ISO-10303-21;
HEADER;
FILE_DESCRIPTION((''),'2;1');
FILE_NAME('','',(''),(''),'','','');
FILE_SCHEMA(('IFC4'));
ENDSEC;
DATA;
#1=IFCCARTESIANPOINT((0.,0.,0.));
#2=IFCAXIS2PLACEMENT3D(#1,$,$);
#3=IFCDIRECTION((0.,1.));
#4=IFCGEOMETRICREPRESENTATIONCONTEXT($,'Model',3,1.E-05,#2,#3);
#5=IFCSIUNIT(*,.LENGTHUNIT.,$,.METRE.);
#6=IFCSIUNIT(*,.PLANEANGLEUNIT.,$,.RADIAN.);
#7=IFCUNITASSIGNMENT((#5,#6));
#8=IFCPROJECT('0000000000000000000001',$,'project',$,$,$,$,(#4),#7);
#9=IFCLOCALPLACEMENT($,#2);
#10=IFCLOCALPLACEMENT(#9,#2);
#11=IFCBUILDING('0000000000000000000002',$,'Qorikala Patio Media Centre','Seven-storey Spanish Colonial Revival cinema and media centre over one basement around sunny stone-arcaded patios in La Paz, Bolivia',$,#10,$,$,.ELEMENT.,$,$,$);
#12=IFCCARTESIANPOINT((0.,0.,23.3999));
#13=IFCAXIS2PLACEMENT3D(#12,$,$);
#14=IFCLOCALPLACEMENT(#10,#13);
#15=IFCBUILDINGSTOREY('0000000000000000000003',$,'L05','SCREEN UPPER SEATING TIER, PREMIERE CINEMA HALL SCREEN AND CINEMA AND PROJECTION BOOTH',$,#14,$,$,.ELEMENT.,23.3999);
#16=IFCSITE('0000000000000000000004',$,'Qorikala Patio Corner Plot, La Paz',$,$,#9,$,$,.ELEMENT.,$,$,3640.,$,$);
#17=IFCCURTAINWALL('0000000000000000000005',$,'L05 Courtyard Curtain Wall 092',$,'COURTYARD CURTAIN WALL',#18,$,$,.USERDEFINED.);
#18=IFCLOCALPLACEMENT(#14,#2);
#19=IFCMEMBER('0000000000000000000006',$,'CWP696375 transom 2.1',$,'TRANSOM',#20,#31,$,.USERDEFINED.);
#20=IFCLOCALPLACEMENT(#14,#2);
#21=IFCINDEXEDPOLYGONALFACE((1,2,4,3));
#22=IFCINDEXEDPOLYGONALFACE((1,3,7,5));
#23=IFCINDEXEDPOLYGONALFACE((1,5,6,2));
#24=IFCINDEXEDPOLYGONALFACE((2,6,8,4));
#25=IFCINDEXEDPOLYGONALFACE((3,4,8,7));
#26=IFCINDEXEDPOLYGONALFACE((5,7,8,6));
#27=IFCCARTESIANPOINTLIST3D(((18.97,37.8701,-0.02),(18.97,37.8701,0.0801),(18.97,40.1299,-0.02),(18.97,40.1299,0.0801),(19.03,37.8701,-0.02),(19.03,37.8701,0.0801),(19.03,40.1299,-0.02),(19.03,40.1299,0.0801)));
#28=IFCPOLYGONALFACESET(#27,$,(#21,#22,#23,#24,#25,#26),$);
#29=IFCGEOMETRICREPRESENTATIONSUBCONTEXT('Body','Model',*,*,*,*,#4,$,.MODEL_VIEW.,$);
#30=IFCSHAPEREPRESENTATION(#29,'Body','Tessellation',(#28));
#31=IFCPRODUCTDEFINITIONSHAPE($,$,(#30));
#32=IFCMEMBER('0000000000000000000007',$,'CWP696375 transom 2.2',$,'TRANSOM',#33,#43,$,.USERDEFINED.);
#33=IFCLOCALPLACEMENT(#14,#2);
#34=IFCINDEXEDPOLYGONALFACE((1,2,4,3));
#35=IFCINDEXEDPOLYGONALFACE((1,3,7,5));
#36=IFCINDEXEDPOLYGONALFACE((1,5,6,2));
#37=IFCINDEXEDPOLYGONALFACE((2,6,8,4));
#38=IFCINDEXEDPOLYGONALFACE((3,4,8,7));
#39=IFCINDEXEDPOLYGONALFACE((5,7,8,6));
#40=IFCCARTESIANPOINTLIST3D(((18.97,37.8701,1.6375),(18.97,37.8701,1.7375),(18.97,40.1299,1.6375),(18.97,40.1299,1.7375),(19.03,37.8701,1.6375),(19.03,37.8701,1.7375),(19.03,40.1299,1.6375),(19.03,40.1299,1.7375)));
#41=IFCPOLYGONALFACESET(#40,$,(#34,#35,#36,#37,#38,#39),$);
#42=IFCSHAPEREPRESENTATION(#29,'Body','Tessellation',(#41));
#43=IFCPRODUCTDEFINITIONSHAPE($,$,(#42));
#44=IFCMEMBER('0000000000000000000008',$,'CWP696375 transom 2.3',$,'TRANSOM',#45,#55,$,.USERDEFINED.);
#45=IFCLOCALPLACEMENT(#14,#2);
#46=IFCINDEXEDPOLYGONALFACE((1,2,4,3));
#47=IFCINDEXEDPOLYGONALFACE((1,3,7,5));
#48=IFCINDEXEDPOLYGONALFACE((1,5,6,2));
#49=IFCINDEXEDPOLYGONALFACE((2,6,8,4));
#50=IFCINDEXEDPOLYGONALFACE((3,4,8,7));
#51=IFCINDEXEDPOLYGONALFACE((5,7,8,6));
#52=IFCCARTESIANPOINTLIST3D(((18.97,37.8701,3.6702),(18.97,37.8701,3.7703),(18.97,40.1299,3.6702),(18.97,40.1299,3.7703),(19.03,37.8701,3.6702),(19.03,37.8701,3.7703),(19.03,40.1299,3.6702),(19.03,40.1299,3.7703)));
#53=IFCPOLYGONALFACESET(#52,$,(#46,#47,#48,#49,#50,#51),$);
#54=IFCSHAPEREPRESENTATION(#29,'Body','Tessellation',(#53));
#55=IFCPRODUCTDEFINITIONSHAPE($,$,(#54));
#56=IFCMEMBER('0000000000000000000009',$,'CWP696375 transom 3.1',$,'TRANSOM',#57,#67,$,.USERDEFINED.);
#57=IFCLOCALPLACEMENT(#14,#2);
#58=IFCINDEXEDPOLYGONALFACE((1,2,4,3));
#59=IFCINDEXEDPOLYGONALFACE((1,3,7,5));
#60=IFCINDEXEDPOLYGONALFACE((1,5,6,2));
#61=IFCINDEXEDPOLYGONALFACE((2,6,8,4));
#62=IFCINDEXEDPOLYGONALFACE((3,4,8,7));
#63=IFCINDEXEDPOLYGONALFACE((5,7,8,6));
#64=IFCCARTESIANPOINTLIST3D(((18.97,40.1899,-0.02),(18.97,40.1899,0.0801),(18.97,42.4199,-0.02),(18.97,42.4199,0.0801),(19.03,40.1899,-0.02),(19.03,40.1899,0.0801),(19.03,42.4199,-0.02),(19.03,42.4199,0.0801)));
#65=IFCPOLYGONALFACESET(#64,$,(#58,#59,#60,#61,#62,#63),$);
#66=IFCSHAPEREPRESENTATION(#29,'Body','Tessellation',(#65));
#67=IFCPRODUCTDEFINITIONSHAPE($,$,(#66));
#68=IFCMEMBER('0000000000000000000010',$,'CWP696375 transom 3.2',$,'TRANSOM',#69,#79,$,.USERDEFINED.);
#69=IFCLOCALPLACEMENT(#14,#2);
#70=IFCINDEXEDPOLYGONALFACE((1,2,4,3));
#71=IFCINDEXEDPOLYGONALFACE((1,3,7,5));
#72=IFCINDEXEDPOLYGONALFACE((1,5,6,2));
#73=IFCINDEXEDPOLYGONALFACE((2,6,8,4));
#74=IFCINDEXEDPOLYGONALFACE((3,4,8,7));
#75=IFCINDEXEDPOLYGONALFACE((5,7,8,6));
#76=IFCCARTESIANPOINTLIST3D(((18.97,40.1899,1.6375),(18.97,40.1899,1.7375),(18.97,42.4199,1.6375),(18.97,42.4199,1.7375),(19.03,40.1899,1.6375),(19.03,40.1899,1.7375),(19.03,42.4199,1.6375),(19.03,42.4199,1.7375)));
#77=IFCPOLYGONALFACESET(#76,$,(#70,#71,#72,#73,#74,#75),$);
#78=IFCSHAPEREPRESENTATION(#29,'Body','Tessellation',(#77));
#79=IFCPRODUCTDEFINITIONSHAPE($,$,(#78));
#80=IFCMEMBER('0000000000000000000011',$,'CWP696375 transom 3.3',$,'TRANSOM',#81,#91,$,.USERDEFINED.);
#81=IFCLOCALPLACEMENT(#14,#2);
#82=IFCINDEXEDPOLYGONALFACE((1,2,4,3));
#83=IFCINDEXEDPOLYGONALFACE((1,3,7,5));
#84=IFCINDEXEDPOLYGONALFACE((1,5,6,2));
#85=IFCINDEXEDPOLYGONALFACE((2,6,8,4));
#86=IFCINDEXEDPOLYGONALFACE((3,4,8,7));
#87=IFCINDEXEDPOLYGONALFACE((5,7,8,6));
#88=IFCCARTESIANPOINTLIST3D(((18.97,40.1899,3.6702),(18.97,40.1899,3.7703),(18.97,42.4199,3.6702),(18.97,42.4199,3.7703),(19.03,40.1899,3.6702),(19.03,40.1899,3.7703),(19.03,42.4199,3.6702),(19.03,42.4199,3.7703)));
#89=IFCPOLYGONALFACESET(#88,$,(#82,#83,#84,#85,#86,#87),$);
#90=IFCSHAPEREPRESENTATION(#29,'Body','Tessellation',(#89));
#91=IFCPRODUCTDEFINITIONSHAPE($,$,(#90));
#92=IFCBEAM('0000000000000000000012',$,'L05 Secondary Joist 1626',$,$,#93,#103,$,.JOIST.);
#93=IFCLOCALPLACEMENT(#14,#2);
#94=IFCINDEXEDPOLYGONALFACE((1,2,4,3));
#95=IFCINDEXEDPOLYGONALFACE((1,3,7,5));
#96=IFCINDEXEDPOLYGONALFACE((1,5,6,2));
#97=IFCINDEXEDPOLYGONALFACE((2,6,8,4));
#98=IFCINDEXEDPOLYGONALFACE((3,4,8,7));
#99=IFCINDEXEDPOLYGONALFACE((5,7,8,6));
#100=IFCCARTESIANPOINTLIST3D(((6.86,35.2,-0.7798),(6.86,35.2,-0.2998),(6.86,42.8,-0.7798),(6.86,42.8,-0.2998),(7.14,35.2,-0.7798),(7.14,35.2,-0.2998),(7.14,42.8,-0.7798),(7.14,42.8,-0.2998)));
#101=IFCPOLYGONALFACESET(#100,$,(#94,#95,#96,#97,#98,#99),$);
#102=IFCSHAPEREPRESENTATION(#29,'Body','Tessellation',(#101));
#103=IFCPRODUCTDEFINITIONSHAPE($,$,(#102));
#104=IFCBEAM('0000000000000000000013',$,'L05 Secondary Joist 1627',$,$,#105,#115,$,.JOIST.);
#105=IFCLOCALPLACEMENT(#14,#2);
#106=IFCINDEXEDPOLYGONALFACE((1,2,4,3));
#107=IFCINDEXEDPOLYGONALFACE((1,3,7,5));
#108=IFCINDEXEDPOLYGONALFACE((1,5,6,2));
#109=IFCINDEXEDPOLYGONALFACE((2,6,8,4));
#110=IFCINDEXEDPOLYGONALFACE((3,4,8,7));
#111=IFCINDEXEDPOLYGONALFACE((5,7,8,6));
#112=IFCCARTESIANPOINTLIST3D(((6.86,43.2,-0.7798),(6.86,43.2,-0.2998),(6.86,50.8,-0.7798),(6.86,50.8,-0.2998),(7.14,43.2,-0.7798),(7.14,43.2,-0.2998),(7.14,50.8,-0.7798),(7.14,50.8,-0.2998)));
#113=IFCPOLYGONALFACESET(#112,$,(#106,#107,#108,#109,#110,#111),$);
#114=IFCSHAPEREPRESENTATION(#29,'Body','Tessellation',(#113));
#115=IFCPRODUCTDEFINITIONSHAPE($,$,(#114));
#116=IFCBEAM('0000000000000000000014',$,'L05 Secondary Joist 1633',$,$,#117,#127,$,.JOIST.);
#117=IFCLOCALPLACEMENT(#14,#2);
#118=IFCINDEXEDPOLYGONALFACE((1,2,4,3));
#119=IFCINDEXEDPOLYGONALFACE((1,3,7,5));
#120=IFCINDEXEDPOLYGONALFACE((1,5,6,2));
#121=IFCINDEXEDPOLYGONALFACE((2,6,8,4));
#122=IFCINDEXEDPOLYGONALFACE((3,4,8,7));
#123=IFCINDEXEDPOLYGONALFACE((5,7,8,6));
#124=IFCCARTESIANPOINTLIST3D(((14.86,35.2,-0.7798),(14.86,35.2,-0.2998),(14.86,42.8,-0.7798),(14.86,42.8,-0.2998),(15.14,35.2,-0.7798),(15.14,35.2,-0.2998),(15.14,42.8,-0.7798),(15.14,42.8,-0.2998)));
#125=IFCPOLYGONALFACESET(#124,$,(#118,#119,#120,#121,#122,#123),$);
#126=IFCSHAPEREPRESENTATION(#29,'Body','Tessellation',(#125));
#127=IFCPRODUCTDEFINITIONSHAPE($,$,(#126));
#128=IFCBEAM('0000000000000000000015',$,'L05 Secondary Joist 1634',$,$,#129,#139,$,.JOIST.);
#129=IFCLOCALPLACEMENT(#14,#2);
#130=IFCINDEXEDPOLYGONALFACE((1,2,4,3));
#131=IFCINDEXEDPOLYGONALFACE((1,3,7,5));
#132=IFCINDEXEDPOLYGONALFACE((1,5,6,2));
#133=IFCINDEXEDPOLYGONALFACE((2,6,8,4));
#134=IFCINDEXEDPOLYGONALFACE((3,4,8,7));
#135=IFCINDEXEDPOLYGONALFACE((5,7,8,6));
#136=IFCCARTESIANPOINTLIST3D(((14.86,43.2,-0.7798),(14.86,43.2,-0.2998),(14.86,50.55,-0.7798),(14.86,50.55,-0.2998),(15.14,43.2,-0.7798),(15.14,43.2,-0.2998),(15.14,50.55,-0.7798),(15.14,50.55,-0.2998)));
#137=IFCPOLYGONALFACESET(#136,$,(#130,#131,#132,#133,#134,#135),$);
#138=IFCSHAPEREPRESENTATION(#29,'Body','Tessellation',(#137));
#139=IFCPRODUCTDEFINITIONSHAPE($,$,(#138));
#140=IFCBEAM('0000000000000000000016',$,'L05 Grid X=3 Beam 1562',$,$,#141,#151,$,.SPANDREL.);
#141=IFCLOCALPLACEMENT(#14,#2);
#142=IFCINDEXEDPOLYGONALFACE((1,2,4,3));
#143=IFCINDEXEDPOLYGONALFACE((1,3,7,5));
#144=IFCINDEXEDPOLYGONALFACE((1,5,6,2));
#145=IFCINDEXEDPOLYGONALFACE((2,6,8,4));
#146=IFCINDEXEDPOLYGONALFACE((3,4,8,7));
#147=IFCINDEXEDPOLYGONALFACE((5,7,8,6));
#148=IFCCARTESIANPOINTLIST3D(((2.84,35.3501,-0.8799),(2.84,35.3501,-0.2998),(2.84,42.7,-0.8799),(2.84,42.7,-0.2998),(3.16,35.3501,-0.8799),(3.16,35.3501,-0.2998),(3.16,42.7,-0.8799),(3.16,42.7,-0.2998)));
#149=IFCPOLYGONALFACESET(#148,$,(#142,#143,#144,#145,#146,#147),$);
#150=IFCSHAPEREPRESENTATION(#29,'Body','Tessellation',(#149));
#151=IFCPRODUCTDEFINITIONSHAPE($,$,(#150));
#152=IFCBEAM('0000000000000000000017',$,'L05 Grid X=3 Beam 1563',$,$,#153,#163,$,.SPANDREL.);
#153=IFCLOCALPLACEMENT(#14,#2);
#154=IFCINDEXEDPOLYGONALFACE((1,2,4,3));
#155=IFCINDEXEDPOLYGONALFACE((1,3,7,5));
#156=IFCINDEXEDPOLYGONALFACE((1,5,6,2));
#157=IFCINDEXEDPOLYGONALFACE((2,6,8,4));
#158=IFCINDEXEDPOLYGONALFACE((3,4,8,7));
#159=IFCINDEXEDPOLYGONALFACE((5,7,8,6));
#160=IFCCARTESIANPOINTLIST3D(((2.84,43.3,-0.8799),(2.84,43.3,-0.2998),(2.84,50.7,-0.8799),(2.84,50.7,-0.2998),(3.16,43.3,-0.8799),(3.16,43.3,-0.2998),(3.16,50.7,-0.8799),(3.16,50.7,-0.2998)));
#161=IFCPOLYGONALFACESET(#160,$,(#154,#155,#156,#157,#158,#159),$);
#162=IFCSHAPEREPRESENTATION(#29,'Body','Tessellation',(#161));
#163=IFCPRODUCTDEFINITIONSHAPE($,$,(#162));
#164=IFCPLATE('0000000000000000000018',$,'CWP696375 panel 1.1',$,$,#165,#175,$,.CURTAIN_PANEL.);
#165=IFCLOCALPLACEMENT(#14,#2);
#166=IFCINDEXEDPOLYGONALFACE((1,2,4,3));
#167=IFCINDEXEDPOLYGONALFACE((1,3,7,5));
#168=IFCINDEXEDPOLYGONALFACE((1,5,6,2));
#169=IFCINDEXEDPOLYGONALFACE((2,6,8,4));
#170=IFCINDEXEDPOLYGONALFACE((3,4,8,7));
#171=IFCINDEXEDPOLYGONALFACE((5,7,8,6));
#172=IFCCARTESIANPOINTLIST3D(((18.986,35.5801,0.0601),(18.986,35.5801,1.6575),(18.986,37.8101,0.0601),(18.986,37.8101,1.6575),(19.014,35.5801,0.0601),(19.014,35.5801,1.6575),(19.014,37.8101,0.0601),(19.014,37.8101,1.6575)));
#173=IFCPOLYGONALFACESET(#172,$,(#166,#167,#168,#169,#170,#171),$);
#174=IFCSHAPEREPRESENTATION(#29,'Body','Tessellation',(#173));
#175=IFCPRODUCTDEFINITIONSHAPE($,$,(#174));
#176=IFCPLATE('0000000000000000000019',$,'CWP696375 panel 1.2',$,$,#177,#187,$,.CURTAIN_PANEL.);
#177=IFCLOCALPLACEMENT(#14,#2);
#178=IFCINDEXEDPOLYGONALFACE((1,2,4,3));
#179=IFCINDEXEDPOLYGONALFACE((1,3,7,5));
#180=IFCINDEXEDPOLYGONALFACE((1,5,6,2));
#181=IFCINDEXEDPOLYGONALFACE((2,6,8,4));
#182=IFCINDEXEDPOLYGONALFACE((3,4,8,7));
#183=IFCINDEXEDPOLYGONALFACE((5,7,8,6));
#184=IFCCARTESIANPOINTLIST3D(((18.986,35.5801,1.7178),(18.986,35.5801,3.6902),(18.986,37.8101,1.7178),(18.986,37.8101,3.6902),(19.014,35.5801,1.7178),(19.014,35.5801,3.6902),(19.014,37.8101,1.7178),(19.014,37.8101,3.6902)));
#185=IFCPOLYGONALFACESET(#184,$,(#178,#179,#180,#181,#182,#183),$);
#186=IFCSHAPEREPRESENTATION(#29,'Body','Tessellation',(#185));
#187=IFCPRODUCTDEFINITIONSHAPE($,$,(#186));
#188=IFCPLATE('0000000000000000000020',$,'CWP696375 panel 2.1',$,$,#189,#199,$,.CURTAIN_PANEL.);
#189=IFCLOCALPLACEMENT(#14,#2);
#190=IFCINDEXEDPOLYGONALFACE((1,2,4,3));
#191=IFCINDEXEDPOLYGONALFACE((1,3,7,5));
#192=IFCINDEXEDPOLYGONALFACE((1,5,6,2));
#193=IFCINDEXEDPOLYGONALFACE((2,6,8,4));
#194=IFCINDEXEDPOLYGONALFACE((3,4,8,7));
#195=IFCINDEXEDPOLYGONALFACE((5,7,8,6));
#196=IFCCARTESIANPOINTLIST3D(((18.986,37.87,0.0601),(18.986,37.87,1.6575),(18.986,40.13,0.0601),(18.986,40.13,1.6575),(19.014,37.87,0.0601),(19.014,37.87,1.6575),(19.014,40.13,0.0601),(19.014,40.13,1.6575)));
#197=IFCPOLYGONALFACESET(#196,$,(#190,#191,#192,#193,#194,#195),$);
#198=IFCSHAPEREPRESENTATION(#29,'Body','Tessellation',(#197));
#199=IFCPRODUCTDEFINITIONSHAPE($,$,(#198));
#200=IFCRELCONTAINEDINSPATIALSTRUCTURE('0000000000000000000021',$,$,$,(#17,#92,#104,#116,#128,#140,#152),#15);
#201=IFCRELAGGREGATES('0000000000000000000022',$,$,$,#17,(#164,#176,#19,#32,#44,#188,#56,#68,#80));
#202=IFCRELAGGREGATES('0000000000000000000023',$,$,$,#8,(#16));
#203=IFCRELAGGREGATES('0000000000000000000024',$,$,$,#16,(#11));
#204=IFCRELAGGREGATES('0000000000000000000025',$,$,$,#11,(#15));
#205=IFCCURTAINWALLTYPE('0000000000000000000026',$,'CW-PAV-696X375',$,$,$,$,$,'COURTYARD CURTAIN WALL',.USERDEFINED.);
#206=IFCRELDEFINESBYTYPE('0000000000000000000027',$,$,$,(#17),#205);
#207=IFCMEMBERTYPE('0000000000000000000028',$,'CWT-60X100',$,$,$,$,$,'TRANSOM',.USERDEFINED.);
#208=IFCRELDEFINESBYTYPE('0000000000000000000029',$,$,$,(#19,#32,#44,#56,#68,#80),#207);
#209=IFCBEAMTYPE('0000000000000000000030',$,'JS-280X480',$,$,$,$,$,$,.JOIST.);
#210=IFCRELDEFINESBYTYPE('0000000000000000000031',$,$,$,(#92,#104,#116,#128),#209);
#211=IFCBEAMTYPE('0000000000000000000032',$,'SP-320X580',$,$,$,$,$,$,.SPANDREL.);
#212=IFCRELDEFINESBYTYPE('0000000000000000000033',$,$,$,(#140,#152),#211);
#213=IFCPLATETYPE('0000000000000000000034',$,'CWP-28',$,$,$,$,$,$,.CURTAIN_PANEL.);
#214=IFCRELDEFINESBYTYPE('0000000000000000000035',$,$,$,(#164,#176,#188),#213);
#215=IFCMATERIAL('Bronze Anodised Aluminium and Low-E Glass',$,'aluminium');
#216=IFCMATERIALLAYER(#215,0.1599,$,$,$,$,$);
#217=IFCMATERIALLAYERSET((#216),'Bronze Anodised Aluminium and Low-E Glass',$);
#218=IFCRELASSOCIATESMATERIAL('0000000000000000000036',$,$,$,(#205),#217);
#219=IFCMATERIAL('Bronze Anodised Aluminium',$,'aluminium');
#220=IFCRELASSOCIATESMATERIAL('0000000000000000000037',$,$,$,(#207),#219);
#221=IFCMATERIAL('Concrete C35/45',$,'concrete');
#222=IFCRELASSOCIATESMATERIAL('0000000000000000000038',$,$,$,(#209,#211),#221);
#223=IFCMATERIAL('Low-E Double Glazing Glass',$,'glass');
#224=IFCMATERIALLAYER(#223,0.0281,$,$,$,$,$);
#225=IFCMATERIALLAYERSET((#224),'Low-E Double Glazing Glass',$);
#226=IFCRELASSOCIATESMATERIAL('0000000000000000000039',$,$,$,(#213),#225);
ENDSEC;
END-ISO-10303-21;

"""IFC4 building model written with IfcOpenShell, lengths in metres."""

from ifc_helpers import new_model, si_unit, direction, frame, origin, origin_2d, place, context, subcontext, project, spatial, rectangle, extrude, material, layer, layer_set, material_profile, profile_set, type_object, element, aggregate, save


model = new_model("IFC4")

# Units and contexts
model_context = context("Model", 3, precision=1e-05, world=origin(), true_north=direction((0.0, 1.0)))
body_context = subcontext(model_context, "Body", "Model", "MODEL_VIEW")
ifc_project = project(units=[si_unit("LENGTHUNIT", "METRE"), si_unit("PLANEANGLEUNIT", "RADIAN")], contexts=[model_context])

# Site, building, storey
site_placement = place(None, origin())
site = spatial("IfcSite", under=ifc_project, at=site_placement, Name="Qorikala Patio Corner Plot, La Paz", CompositionType="ELEMENT", RefElevation=3640.0)
building_placement = place(site_placement, origin())
building = spatial("IfcBuilding", under=site, at=building_placement, Name="Qorikala Patio Media Centre", Description="Seven-storey Spanish Colonial Revival cinema and media centre over one basement around sunny stone-arcaded patios in La Paz, Bolivia", CompositionType="ELEMENT")
storey_placement = place(building_placement, frame((0.0, 0.0, 23.3999)))
storey = spatial("IfcBuildingStorey", under=building, at=storey_placement, Name="L05", Description="SCREEN UPPER SEATING TIER, PREMIERE CINEMA HALL SCREEN AND CINEMA AND PROJECTION BOOTH", CompositionType="ELEMENT", Elevation=23.3999)

# Shared definitions
ifc_material_1 = material(Name="Concrete C35/45", Category="concrete")

# Curtain wall, members
ifc_material_2 = material(Name="Bronze Anodised Aluminium and Low-E Glass", Category="aluminium")
ifc_layer_1 = layer(ifc_material_2, 0.1599)
ifc_layer_set_1 = layer_set([ifc_layer_1], Name="Bronze Anodised Aluminium and Low-E Glass")
curtain_wall_type = type_object("IfcCurtainWallType", Name="CW-PAV-696X375", ElementType="COURTYARD CURTAIN WALL", PredefinedType="USERDEFINED", material=ifc_layer_set_1)
curtain_wall_placement = place(storey_placement, origin())
curtain_wall = element("IfcCurtainWall", 1, at=curtain_wall_placement, inside=storey, type_object=curtain_wall_type, Name="L05 Courtyard Curtain Wall 092", ObjectType="COURTYARD CURTAIN WALL", PredefinedType="USERDEFINED")
ifc_material_3 = material(Name="Bronze Anodised Aluminium", Category="aluminium")
ifc_material_profile_1 = material_profile(ifc_material_3, rectangle(XDim=0.0601, YDim=0.1001, at=origin_2d()), Name="ALU TRANSOM 60x100")
ifc_profile_set_1 = profile_set([ifc_material_profile_1], Name="Bronze Anodised Aluminium")
member_type_1 = type_object("IfcMemberType", Name="CWT-60X100", ElementType="TRANSOM", PredefinedType="USERDEFINED", material=ifc_profile_set_1)
member_1_placement = place(storey_placement, frame((19.0, 37.8701, 0.03), z_axis=(0.0, 1.0, 0.0), x_axis=(-1.0, 0.0, 0.0)))
member_1 = element("IfcMember", 2, at=member_1_placement, type_object=member_type_1, Name="CWP696375 transom 2.1", ObjectType="TRANSOM", PredefinedType="USERDEFINED", context=body_context, shape_type="SweptSolid", body=[
    extrude(rectangle(XDim=0.0601, YDim=0.1001, at=origin_2d()), origin(), (0.0, 0.0, 1.0), 2.2598),
])
member_2_placement = place(storey_placement, frame((19.0, 37.8701, 1.6875), z_axis=(0.0, 1.0, 0.0), x_axis=(-1.0, 0.0, 0.0)))
member_2 = element("IfcMember", 3, at=member_2_placement, type_object=member_type_1, Name="CWP696375 transom 2.2", ObjectType="TRANSOM", PredefinedType="USERDEFINED", context=body_context, shape_type="SweptSolid", body=[
    extrude(rectangle(XDim=0.0601, YDim=0.1001, at=origin_2d()), origin(), (0.0, 0.0, 1.0), 2.2598),
])
member_3_placement = place(storey_placement, frame((19.0, 37.8701, 3.7202), z_axis=(0.0, 1.0, 0.0), x_axis=(-1.0, 0.0, 0.0)))
member_3 = element("IfcMember", 4, at=member_3_placement, type_object=member_type_1, Name="CWP696375 transom 2.3", ObjectType="TRANSOM", PredefinedType="USERDEFINED", context=body_context, shape_type="SweptSolid", body=[
    extrude(rectangle(XDim=0.0601, YDim=0.1001, at=origin_2d()), origin(), (0.0, 0.0, 1.0), 2.2598),
])
member_4_placement = place(storey_placement, frame((19.0, 40.1899, 0.03), z_axis=(0.0, 1.0, 0.0), x_axis=(-1.0, 0.0, 0.0)))
member_4 = element("IfcMember", 5, at=member_4_placement, type_object=member_type_1, Name="CWP696375 transom 3.1", ObjectType="TRANSOM", PredefinedType="USERDEFINED", context=body_context, shape_type="SweptSolid", body=[
    extrude(rectangle(XDim=0.0601, YDim=0.1001, at=origin_2d()), origin(), (0.0, 0.0, 1.0), 2.23),
])
member_5_placement = place(storey_placement, frame((19.0, 40.1899, 1.6875), z_axis=(0.0, 1.0, 0.0), x_axis=(-1.0, 0.0, 0.0)))
member_5 = element("IfcMember", 6, at=member_5_placement, type_object=member_type_1, Name="CWP696375 transom 3.2", ObjectType="TRANSOM", PredefinedType="USERDEFINED", context=body_context, shape_type="SweptSolid", body=[
    extrude(rectangle(XDim=0.0601, YDim=0.1001, at=origin_2d()), origin(), (0.0, 0.0, 1.0), 2.23),
])
member_6_placement = place(storey_placement, frame((19.0, 40.1899, 3.7202), z_axis=(0.0, 1.0, 0.0), x_axis=(-1.0, 0.0, 0.0)))
member_6 = element("IfcMember", 7, at=member_6_placement, type_object=member_type_1, Name="CWP696375 transom 3.3", ObjectType="TRANSOM", PredefinedType="USERDEFINED", context=body_context, shape_type="SweptSolid", body=[
    extrude(rectangle(XDim=0.0601, YDim=0.1001, at=origin_2d()), origin(), (0.0, 0.0, 1.0), 2.23),
])

# Beams
ifc_material_profile_2 = material_profile(ifc_material_1, rectangle(XDim=0.28, YDim=0.48, at=origin_2d()), Name="RC 280x480")
ifc_profile_set_2 = profile_set([ifc_material_profile_2], Name="Concrete C35/45")
beam_type_1 = type_object("IfcBeamType", Name="JS-280X480", PredefinedType="JOIST", material=ifc_profile_set_2)
for number, where, z_axis, x_axis, name in (
    (8, (7.0, 35.2, -0.5398), (0.0, 1.0, 0.0), (-1.0, 0.0, 0.0), "L05 Secondary Joist 1626"),
    (9, (7.0, 43.2, -0.5398), (0.0, 1.0, 0.0), (-1.0, 0.0, 0.0), "L05 Secondary Joist 1627"),
    (10, (15.0, 35.2, -0.5398), (0.0, 1.0, 0.0), (-1.0, 0.0, 0.0), "L05 Secondary Joist 1633"),
):
    element("IfcBeam", number, at=place(storey_placement, frame(where, z_axis=z_axis, x_axis=x_axis)), inside=storey, type_object=beam_type_1, Name=name, PredefinedType="JOIST", context=body_context, shape_type="SweptSolid", body=[
        extrude(rectangle(XDim=0.28, YDim=0.48, at=origin_2d()), origin(), (0.0, 0.0, 1.0), 7.6001),
    ])
beam_1_placement = place(storey_placement, frame((15.0, 43.2, -0.5398), z_axis=(0.0, 1.0, 0.0), x_axis=(-1.0, 0.0, 0.0)))
element("IfcBeam", 11, at=beam_1_placement, inside=storey, type_object=beam_type_1, Name="L05 Secondary Joist 1634", PredefinedType="JOIST", context=body_context, shape_type="SweptSolid", body=[
    extrude(rectangle(XDim=0.28, YDim=0.48, at=origin_2d()), origin(), (0.0, 0.0, 1.0), 7.3501),
])
ifc_material_profile_3 = material_profile(ifc_material_1, rectangle(XDim=0.3201, YDim=0.5801, at=origin_2d()), Name="RC 320x580")
ifc_profile_set_3 = profile_set([ifc_material_profile_3], Name="Concrete C35/45")
beam_type_2 = type_object("IfcBeamType", Name="SP-320X580", PredefinedType="SPANDREL", material=ifc_profile_set_3)
beam_2_placement = place(storey_placement, frame((3.0, 35.3501, -0.5898), z_axis=(0.0, 1.0, 0.0), x_axis=(-1.0, 0.0, 0.0)))
element("IfcBeam", 12, at=beam_2_placement, inside=storey, type_object=beam_type_2, Name="L05 Grid X=3 Beam 1562", PredefinedType="SPANDREL", context=body_context, shape_type="SweptSolid", body=[
    extrude(rectangle(XDim=0.3201, YDim=0.5801, at=origin_2d()), origin(), (0.0, 0.0, 1.0), 7.3499),
])
beam_3_placement = place(storey_placement, frame((3.0, 43.3, -0.5898), z_axis=(0.0, 1.0, 0.0), x_axis=(-1.0, 0.0, 0.0)))
element("IfcBeam", 13, at=beam_3_placement, inside=storey, type_object=beam_type_2, Name="L05 Grid X=3 Beam 1563", PredefinedType="SPANDREL", context=body_context, shape_type="SweptSolid", body=[
    extrude(rectangle(XDim=0.3201, YDim=0.5801, at=origin_2d()), origin(), (0.0, 0.0, 1.0), 7.3999),
])

# Plates
ifc_material_4 = material(Name="Low-E Double Glazing Glass", Category="glass")
ifc_layer_2 = layer(ifc_material_4, 0.0281)
ifc_layer_set_2 = layer_set([ifc_layer_2], Name="Low-E Double Glazing Glass")
plate_type = type_object("IfcPlateType", Name="CWP-28", PredefinedType="CURTAIN_PANEL", material=ifc_layer_set_2)
plate_1_placement = place(storey_placement, frame((19.0, 36.6951, 0.0601), z_axis=(0.0, 0.0, 1.0), x_axis=(0.0, 1.0, 0.0)))
plate_1 = element("IfcPlate", 14, at=plate_1_placement, type_object=plate_type, Name="CWP696375 panel 1.1", PredefinedType="CURTAIN_PANEL", context=body_context, shape_type="SweptSolid", body=[
    extrude(rectangle(XDim=2.23, YDim=0.0281, at=origin_2d()), origin(), (0.0, 0.0, 1.0), 1.5974),
])
plate_2_placement = place(storey_placement, frame((19.0, 36.6951, 1.7178), z_axis=(0.0, 0.0, 1.0), x_axis=(0.0, 1.0, 0.0)))
plate_2 = element("IfcPlate", 15, at=plate_2_placement, type_object=plate_type, Name="CWP696375 panel 1.2", PredefinedType="CURTAIN_PANEL", context=body_context, shape_type="SweptSolid", body=[
    extrude(rectangle(XDim=2.23, YDim=0.0281, at=origin_2d()), origin(), (0.0, 0.0, 1.0), 1.9724),
])
plate_3_placement = place(storey_placement, frame((19.0, 39.0, 0.0601), z_axis=(0.0, 0.0, 1.0), x_axis=(0.0, 1.0, 0.0)))
plate_3 = element("IfcPlate", 16, at=plate_3_placement, type_object=plate_type, Name="CWP696375 panel 2.1", PredefinedType="CURTAIN_PANEL", context=body_context, shape_type="SweptSolid", body=[
    extrude(rectangle(XDim=2.26, YDim=0.0281, at=origin_2d()), origin(), (0.0, 0.0, 1.0), 1.5974),
])
aggregate(curtain_wall, [plate_1, plate_2, member_1, member_2, member_3, plate_3, member_4, member_5, member_6])

save(model, "model.ifc")
